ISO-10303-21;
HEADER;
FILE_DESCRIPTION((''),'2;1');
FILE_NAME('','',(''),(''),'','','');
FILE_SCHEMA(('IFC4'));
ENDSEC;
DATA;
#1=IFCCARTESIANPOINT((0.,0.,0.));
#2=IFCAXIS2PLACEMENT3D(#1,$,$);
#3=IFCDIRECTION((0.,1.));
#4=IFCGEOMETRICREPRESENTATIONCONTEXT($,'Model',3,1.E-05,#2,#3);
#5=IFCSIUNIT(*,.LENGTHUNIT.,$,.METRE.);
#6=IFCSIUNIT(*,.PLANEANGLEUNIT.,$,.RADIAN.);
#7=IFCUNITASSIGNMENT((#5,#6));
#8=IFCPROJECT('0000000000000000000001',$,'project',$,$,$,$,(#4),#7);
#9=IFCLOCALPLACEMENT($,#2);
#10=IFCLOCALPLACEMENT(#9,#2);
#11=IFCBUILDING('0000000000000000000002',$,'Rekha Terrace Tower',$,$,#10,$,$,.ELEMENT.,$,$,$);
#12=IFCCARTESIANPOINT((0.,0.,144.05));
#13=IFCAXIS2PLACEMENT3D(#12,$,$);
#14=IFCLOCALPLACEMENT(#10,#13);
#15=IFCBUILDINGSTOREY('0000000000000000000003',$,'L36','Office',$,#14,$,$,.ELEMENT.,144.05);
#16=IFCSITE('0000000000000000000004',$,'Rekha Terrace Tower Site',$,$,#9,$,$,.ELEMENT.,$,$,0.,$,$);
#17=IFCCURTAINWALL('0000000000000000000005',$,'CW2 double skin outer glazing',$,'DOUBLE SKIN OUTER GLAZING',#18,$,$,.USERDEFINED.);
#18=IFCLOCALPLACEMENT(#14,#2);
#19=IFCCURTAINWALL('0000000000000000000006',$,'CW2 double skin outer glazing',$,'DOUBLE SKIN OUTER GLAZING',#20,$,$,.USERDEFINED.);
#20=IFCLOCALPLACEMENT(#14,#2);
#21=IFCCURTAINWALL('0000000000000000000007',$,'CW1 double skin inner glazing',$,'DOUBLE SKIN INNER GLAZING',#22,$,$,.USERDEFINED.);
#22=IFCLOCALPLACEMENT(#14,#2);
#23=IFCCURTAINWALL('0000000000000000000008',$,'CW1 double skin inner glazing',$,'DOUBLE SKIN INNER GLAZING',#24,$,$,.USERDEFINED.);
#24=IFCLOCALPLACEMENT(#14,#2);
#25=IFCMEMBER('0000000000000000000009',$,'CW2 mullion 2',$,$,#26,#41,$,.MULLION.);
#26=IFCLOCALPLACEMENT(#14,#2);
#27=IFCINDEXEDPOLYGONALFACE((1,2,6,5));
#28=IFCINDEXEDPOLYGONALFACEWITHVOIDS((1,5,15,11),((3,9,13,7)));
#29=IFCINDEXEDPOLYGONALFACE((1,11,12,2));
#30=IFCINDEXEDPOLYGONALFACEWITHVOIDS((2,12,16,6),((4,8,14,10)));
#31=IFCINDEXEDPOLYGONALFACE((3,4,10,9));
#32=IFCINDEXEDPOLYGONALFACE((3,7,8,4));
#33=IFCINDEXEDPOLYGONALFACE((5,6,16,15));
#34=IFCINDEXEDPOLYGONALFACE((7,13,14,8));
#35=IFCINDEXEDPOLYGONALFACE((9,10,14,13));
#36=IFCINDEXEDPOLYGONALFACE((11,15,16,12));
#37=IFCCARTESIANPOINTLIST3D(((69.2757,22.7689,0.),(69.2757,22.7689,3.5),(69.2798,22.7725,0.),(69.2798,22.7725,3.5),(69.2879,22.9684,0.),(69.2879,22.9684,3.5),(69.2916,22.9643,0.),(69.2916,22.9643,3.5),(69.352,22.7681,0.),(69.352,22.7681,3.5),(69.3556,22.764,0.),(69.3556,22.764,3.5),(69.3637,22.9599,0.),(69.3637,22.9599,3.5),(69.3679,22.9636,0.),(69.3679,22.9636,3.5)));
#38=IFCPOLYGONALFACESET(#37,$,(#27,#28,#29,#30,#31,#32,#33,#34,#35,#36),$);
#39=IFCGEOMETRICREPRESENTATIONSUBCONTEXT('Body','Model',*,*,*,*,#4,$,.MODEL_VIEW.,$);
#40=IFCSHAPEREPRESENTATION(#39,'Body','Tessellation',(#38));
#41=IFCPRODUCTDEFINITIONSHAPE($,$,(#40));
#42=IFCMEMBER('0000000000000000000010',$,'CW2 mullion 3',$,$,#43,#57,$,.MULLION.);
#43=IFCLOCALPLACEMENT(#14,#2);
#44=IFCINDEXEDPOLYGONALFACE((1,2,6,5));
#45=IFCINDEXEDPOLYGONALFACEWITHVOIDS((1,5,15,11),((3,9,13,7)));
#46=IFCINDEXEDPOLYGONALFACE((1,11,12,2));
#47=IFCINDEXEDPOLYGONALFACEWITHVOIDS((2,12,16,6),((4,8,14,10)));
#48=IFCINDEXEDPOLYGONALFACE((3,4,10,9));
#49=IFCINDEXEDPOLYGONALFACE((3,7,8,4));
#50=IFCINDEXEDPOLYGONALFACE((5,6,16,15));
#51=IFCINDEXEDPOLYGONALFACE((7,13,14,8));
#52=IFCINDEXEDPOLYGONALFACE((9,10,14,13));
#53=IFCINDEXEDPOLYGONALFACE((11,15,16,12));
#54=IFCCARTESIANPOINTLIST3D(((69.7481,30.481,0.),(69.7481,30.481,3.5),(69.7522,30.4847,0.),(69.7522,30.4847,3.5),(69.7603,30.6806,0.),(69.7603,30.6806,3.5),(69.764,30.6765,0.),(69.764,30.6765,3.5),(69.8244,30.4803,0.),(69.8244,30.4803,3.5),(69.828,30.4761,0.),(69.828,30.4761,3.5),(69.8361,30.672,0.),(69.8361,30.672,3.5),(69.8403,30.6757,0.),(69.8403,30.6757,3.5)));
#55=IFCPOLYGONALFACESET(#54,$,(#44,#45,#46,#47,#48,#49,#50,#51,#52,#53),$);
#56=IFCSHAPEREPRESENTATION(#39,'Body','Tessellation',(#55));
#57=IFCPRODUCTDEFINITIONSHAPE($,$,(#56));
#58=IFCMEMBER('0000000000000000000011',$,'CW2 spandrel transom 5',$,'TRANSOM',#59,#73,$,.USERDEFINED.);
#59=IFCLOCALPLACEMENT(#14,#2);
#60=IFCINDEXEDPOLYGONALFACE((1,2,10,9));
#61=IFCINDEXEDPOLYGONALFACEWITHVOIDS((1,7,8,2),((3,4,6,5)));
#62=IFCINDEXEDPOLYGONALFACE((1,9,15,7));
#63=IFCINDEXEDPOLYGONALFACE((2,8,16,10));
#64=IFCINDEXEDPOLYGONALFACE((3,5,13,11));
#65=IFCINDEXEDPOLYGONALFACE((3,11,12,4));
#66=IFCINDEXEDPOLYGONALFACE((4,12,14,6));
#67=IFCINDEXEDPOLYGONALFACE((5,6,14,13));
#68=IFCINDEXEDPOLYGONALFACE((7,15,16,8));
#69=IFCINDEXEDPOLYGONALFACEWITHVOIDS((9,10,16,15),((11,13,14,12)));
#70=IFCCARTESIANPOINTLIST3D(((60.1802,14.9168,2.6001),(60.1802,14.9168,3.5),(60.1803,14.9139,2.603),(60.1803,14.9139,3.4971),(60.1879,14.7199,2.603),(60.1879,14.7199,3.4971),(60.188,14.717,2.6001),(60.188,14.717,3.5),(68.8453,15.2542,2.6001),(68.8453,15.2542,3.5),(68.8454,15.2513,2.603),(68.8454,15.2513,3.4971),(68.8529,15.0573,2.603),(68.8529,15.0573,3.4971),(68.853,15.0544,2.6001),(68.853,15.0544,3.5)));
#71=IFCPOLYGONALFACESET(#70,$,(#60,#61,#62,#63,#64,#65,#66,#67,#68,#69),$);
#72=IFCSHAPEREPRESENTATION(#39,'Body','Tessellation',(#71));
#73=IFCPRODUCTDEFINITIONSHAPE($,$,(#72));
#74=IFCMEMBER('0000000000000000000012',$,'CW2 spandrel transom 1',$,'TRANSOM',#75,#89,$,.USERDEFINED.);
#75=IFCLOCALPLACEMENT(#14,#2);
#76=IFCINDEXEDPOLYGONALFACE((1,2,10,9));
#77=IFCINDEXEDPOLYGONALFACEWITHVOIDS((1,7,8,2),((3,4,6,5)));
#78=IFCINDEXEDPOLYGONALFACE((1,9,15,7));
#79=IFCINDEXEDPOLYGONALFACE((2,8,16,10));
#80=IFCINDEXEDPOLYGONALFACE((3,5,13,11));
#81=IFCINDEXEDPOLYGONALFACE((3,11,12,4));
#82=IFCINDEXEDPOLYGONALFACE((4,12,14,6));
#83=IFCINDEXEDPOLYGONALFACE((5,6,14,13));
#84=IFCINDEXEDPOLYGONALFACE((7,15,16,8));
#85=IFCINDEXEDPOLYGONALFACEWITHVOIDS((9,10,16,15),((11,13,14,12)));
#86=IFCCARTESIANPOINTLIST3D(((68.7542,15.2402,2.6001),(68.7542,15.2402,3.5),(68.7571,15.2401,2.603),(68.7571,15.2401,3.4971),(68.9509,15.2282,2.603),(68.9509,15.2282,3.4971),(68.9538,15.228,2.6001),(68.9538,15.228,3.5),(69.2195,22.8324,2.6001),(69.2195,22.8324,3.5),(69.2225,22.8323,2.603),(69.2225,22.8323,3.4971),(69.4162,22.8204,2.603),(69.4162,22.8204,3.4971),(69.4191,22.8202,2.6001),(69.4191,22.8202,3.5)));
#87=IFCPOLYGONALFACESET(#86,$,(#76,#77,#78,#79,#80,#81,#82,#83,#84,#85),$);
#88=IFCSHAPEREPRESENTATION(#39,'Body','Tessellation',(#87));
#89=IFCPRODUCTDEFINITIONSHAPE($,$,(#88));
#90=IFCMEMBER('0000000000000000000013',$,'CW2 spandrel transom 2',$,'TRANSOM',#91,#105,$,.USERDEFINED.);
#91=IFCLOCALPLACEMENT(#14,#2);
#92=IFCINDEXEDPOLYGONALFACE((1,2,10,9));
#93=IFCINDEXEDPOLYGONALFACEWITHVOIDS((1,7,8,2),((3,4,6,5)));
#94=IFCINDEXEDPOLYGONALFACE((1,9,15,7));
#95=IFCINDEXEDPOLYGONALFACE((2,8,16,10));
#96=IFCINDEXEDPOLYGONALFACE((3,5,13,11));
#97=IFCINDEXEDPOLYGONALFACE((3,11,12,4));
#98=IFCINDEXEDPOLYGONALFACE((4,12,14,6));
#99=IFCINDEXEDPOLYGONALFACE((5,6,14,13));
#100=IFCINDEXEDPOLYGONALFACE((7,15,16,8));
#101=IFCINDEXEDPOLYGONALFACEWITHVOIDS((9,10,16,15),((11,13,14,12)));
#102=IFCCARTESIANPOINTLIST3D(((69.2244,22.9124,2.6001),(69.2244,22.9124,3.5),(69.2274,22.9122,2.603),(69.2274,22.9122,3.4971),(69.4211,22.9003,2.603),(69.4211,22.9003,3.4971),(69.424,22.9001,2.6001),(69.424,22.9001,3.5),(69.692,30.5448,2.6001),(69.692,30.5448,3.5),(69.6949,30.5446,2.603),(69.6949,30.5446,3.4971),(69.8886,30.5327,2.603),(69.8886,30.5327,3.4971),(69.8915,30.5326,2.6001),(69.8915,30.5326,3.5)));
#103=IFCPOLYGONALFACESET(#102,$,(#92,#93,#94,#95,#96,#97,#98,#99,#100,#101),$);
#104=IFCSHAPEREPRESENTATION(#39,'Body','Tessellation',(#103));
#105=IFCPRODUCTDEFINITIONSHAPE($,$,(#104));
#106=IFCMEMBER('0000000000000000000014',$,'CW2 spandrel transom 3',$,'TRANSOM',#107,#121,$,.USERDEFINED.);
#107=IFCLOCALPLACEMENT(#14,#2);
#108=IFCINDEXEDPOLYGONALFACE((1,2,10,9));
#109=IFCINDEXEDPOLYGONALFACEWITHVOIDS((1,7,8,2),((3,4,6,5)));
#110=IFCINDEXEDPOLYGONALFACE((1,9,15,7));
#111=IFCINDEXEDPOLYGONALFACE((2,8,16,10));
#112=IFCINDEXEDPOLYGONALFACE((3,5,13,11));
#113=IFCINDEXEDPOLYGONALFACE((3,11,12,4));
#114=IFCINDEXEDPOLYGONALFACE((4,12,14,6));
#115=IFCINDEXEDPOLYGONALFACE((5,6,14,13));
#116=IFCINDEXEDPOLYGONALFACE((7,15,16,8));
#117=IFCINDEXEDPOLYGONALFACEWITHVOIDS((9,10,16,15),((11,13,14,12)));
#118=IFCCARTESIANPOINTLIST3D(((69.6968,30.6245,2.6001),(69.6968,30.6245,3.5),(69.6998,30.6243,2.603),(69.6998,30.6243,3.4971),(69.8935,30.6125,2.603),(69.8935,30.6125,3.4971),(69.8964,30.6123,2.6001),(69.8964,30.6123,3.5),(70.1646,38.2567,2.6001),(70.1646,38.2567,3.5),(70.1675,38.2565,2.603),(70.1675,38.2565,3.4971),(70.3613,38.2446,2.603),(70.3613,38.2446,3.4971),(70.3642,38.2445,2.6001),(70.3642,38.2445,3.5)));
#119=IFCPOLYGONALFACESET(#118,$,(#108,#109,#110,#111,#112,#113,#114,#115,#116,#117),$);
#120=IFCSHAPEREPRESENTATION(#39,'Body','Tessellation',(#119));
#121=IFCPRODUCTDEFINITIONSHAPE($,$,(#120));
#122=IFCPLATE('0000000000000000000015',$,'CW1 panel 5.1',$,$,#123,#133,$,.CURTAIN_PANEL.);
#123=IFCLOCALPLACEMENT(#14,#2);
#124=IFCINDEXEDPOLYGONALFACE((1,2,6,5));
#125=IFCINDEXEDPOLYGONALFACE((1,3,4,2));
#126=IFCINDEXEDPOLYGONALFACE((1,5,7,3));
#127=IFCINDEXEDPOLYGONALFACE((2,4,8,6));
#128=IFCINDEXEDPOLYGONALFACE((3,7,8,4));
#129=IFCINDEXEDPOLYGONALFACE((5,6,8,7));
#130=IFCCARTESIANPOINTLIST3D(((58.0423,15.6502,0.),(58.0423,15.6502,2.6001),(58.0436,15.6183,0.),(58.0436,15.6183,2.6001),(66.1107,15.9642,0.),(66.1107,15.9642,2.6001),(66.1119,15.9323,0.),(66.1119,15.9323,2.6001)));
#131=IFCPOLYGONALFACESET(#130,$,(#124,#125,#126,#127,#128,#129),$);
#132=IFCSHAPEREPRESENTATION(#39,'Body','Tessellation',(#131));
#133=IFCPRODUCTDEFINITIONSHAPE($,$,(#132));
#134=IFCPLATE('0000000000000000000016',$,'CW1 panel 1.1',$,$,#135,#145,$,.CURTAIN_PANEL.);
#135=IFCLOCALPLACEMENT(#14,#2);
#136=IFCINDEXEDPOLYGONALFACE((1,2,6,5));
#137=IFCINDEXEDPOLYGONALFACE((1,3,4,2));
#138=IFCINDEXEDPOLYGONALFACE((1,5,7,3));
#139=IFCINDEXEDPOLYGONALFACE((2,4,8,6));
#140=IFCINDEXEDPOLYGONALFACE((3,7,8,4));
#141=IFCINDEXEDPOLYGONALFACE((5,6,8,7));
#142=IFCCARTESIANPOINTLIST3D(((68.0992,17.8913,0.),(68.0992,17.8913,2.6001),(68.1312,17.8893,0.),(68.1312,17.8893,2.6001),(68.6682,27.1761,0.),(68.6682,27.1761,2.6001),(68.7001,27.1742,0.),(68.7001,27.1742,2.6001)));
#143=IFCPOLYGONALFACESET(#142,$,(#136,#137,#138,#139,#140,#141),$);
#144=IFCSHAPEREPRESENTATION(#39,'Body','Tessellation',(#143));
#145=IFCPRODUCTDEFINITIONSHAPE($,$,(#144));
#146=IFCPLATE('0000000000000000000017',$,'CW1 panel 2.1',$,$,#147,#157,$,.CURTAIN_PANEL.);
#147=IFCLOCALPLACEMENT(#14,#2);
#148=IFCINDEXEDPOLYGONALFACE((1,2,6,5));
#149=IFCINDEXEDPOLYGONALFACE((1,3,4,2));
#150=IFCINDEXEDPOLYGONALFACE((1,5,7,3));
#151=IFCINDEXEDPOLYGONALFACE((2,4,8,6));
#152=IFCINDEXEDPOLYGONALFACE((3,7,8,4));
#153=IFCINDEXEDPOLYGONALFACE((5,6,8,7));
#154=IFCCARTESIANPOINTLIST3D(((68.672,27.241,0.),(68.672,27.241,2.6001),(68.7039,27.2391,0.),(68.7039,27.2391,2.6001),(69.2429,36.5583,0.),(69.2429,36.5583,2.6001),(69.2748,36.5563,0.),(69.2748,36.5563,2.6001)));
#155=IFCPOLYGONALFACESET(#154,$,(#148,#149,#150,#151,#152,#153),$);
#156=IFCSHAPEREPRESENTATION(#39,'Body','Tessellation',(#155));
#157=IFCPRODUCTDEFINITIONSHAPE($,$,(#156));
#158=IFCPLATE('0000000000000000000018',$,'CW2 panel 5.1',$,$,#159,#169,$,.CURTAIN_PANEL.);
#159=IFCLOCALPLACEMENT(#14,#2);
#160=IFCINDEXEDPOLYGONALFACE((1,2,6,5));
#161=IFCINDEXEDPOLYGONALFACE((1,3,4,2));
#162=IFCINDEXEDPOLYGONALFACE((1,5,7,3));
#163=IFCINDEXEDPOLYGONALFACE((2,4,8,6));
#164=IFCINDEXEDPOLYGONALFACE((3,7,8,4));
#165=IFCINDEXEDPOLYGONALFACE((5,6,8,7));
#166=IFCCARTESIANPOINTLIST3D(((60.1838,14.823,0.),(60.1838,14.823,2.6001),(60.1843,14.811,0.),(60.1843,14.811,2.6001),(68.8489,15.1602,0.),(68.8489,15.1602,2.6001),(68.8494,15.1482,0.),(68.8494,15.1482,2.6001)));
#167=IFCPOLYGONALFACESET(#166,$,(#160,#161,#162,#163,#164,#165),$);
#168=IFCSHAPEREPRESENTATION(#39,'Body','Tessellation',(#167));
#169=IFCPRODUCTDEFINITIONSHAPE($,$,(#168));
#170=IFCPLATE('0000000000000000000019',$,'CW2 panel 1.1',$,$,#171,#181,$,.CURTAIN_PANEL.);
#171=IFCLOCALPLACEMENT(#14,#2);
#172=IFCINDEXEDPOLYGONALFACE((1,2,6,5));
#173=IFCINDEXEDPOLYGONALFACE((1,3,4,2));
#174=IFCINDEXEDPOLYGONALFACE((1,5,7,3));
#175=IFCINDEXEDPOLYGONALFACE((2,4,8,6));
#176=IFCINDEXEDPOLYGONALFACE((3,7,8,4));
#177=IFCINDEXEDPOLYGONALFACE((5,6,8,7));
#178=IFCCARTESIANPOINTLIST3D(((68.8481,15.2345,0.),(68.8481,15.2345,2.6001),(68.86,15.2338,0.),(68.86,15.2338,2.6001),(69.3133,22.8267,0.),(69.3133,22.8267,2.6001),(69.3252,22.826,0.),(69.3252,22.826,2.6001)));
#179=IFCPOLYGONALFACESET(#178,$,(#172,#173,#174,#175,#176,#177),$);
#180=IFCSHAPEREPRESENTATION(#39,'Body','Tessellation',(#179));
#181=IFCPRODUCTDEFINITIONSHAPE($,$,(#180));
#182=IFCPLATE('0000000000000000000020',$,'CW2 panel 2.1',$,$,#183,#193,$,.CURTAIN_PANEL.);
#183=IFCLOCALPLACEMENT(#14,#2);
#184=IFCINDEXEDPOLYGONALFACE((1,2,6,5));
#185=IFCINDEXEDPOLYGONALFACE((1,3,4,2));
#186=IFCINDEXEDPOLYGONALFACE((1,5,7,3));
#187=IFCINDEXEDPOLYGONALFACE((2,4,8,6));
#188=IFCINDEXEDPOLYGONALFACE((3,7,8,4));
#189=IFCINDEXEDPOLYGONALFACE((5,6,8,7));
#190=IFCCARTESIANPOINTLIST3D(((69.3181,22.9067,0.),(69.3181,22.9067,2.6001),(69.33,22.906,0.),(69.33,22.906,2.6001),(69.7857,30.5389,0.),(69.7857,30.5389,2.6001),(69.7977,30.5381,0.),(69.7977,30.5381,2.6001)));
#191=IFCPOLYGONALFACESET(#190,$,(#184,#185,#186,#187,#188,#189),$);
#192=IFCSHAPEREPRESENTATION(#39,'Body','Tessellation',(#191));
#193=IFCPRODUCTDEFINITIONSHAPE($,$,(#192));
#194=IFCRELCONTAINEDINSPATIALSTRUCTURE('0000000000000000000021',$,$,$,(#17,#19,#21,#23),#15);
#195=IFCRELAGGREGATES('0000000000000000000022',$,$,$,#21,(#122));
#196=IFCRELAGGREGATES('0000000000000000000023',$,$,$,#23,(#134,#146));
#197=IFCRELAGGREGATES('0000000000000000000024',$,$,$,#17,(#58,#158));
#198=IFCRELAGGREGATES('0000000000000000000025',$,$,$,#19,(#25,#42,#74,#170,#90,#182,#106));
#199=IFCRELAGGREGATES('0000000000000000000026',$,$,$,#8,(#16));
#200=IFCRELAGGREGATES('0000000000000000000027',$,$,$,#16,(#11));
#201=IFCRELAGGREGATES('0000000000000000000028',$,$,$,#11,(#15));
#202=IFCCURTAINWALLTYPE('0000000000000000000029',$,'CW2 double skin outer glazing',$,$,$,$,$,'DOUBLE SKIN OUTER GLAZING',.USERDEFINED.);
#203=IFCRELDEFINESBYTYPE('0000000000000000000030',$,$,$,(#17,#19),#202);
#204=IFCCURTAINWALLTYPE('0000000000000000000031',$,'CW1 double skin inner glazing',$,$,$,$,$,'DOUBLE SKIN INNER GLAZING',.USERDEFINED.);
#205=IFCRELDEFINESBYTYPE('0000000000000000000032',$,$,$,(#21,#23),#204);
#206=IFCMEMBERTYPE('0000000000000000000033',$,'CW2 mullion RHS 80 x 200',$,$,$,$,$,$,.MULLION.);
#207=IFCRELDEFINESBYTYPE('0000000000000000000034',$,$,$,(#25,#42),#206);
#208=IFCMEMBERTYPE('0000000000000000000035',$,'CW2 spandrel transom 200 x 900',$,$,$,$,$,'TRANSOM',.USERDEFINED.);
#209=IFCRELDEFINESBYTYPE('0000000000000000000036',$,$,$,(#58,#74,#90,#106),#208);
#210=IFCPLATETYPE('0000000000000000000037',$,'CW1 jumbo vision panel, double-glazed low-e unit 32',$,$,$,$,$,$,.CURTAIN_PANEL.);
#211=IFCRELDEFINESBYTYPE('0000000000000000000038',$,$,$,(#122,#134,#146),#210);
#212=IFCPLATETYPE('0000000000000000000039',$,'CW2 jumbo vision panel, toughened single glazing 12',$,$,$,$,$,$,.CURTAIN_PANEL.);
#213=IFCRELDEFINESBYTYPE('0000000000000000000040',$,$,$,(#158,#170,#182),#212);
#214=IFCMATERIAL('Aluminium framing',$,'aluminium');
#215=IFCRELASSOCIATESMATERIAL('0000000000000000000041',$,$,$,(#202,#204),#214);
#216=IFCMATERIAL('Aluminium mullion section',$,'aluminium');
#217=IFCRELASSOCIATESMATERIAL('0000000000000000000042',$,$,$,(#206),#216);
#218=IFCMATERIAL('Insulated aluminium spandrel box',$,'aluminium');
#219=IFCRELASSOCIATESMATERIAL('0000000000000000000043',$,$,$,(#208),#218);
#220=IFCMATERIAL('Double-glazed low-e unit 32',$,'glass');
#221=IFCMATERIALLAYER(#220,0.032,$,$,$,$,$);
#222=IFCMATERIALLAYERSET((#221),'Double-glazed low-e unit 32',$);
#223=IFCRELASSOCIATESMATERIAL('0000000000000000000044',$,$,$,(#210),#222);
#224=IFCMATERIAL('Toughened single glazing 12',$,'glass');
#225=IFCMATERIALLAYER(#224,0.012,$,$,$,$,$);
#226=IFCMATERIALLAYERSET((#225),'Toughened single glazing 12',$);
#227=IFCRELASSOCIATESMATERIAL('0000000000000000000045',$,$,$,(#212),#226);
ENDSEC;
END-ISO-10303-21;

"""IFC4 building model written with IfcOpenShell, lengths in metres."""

from ifc_helpers import new_model, si_unit, direction, frame, origin, origin_2d, place, context, subcontext, project, spatial, rectangle, hollow_rectangle, extrude, material, layer, layer_set, material_profile, profile_set, type_object, element, aggregate, save


model = new_model("IFC4")

# Units and contexts
model_context = context("Model", 3, precision=1e-05, world=origin(), true_north=direction((0.0, 1.0)))
body_context = subcontext(model_context, "Body", "Model", "MODEL_VIEW")
ifc_project = project(units=[si_unit("LENGTHUNIT", "METRE"), si_unit("PLANEANGLEUNIT", "RADIAN")], contexts=[model_context])

# Site, building, storey
site_placement = place(None, origin())
site = spatial("IfcSite", under=ifc_project, at=site_placement, Name="Rekha Terrace Tower Site", CompositionType="ELEMENT", RefElevation=0.0)
building_placement = place(site_placement, origin())
building = spatial("IfcBuilding", under=site, at=building_placement, Name="Rekha Terrace Tower", CompositionType="ELEMENT")
storey_placement = place(building_placement, frame((0.0, 0.0, 144.05)))
storey = spatial("IfcBuildingStorey", under=building, at=storey_placement, Name="L36", Description="Office", CompositionType="ELEMENT", Elevation=144.05)

# Curtain wall
ifc_material_1 = material(Name="Aluminium framing", Category="aluminium")
curtain_wall_type_1 = type_object("IfcCurtainWallType", Name="CW2 double skin outer glazing", ElementType="DOUBLE SKIN OUTER GLAZING", PredefinedType="USERDEFINED", material=ifc_material_1)
curtain_wall_1_placement = place(storey_placement, origin())
curtain_wall_1 = element("IfcCurtainWall", 1, at=curtain_wall_1_placement, inside=storey, type_object=curtain_wall_type_1, Name="CW2 double skin outer glazing", ObjectType="DOUBLE SKIN OUTER GLAZING", PredefinedType="USERDEFINED")

# Curtain wall
curtain_wall_2_placement = place(storey_placement, origin())
curtain_wall_2 = element("IfcCurtainWall", 2, at=curtain_wall_2_placement, inside=storey, type_object=curtain_wall_type_1, Name="CW2 double skin outer glazing", ObjectType="DOUBLE SKIN OUTER GLAZING", PredefinedType="USERDEFINED")

# Curtain wall
curtain_wall_type_2 = type_object("IfcCurtainWallType", Name="CW1 double skin inner glazing", ElementType="DOUBLE SKIN INNER GLAZING", PredefinedType="USERDEFINED", material=ifc_material_1)
curtain_wall_3_placement = place(storey_placement, origin())
curtain_wall_3 = element("IfcCurtainWall", 3, at=curtain_wall_3_placement, inside=storey, type_object=curtain_wall_type_2, Name="CW1 double skin inner glazing", ObjectType="DOUBLE SKIN INNER GLAZING", PredefinedType="USERDEFINED")
ifc_material_2 = material(Name="Aluminium mullion section", Category="aluminium")

# Curtain wall
curtain_wall_4_placement = place(storey_placement, origin())
curtain_wall_4 = element("IfcCurtainWall", 4, at=curtain_wall_4_placement, inside=storey, type_object=curtain_wall_type_2, Name="CW1 double skin inner glazing", ObjectType="DOUBLE SKIN INNER GLAZING", PredefinedType="USERDEFINED")
ifc_material_3 = material(Name="Insulated aluminium spandrel box", Category="aluminium")

# Members
ifc_material_profile_1 = material_profile(ifc_material_2, hollow_rectangle(XDim=0.0801, YDim=0.2, WallThickness=0.0039, at=origin_2d()), Name="AL RHS 80x200")
ifc_profile_set_1 = profile_set([ifc_material_profile_1], Name="Aluminium mullion section")
member_type_1 = type_object("IfcMemberType", Name="CW2 mullion RHS 80 x 200", PredefinedType="MULLION", material=ifc_profile_set_1)
member_1_placement = place(storey_placement, frame((69.3218, 22.8662, 0.0), z_axis=(0.0, 0.0, 1.0), x_axis=(-0.998128, 0.06116, 0.0)))
member_1 = element("IfcMember", 5, at=member_1_placement, type_object=member_type_1, Name="CW2 mullion 2", PredefinedType="MULLION", context=body_context, shape_type="SweptSolid", body=[
    extrude(hollow_rectangle(XDim=0.0801, YDim=0.2, WallThickness=0.0039, at=origin_2d()), origin(), (0.0, 0.0, 1.0), 3.5),
])
member_2_placement = place(storey_placement, frame((69.7942, 30.5784, 0.0), z_axis=(0.0, 0.0, 1.0), x_axis=(-0.998128, 0.06116, 0.0)))
member_2 = element("IfcMember", 6, at=member_2_placement, type_object=member_type_1, Name="CW2 mullion 3", PredefinedType="MULLION", context=body_context, shape_type="SweptSolid", body=[
    extrude(hollow_rectangle(XDim=0.0801, YDim=0.2, WallThickness=0.0039, at=origin_2d()), origin(), (0.0, 0.0, 1.0), 3.5),
])
ifc_material_profile_2 = material_profile(ifc_material_3, hollow_rectangle(XDim=0.2, YDim=0.8999, WallThickness=0.0029, at=origin_2d()), Name="AL SPANDREL BOX 200x900")
ifc_profile_set_2 = profile_set([ifc_material_profile_2], Name="Insulated aluminium spandrel box")
member_type_2 = type_object("IfcMemberType", Name="CW2 spandrel transom 200 x 900", ElementType="TRANSOM", PredefinedType="USERDEFINED", material=ifc_profile_set_2)
member_3_placement = place(storey_placement, frame((60.1841, 14.8169, 3.05), z_axis=(0.999243, 0.038909, 0.0), x_axis=(-0.038909, 0.999243, 0.0)))
member_3 = element("IfcMember", 7, at=member_3_placement, type_object=member_type_2, Name="CW2 spandrel transom 5", ObjectType="TRANSOM", PredefinedType="USERDEFINED", context=body_context, shape_type="SweptSolid", body=[
    extrude(hollow_rectangle(XDim=0.2, YDim=0.8999, WallThickness=0.0029, at=origin_2d()), origin(), (0.0, 0.0, 1.0), 8.6716),
])
member_4_placement = place(storey_placement, frame((68.854, 15.2341, 3.05), z_axis=(0.061175, 0.998127, 0.0), x_axis=(-0.998127, 0.061175, 0.0)))
member_4 = element("IfcMember", 8, at=member_4_placement, type_object=member_type_2, Name="CW2 spandrel transom 1", ObjectType="TRANSOM", PredefinedType="USERDEFINED", context=body_context, shape_type="SweptSolid", body=[
    extrude(hollow_rectangle(XDim=0.2, YDim=0.8999, WallThickness=0.0029, at=origin_2d()), origin(), (0.0, 0.0, 1.0), 7.6064),
])
member_5_placement = place(storey_placement, frame((69.3242, 22.9062, 3.05), z_axis=(0.061142, 0.998129, 0.0), x_axis=(-0.998129, 0.061142, 0.0)))
member_5 = element("IfcMember", 9, at=member_5_placement, type_object=member_type_2, Name="CW2 spandrel transom 2", ObjectType="TRANSOM", PredefinedType="USERDEFINED", context=body_context, shape_type="SweptSolid", body=[
    extrude(hollow_rectangle(XDim=0.2, YDim=0.8999, WallThickness=0.0029, at=origin_2d()), origin(), (0.0, 0.0, 1.0), 7.6467),
])
member_6_placement = place(storey_placement, frame((69.7966, 30.6184, 3.05), z_axis=(0.061176, 0.998127, 0.0), x_axis=(-0.998127, 0.061176, 0.0)))
member_6 = element("IfcMember", 10, at=member_6_placement, type_object=member_type_2, Name="CW2 spandrel transom 3", ObjectType="TRANSOM", PredefinedType="USERDEFINED", context=body_context, shape_type="SweptSolid", body=[
    extrude(hollow_rectangle(XDim=0.2, YDim=0.8999, WallThickness=0.0029, at=origin_2d()), origin(), (0.0, 0.0, 1.0), 7.6465),
])

# Plates
ifc_material_4 = material(Name="Double-glazed low-e unit 32", Category="glass")
ifc_layer_1 = layer(ifc_material_4, 0.032)
ifc_layer_set_1 = layer_set([ifc_layer_1], Name="Double-glazed low-e unit 32")
plate_type_1 = type_object("IfcPlateType", Name="CW1 jumbo vision panel, double-glazed low-e unit 32", PredefinedType="CURTAIN_PANEL", material=ifc_layer_set_1)
plate_1_placement = place(storey_placement, frame((62.0771, 15.7913, 0.0), z_axis=(0.0, 0.0, 1.0), x_axis=(0.999243, 0.03889, 0.0)))
plate_1 = element("IfcPlate", 11, at=plate_1_placement, type_object=plate_type_1, Name="CW1 panel 5.1", PredefinedType="CURTAIN_PANEL", context=body_context, shape_type="SweptSolid", body=[
    extrude(rectangle(XDim=8.0745, YDim=0.032, at=origin_2d()), origin(), (0.0, 0.0, 1.0), 2.6001),
])
aggregate(curtain_wall_3, [plate_1])
plate_2_placement = place(storey_placement, frame((68.3997, 22.5327, 0.0), z_axis=(0.0, 0.0, 1.0), x_axis=(0.06116, 0.998128, 0.0)))
plate_2 = element("IfcPlate", 12, at=plate_2_placement, type_object=plate_type_1, Name="CW1 panel 1.1", PredefinedType="CURTAIN_PANEL", context=body_context, shape_type="SweptSolid", body=[
    extrude(rectangle(XDim=9.3022, YDim=0.032, at=origin_2d()), origin(), (0.0, 0.0, 1.0), 2.6001),
])
plate_3_placement = place(storey_placement, frame((68.9734, 31.8987, 0.0), z_axis=(0.0, 0.0, 1.0), x_axis=(0.06116, 0.998128, 0.0)))
plate_3 = element("IfcPlate", 13, at=plate_3_placement, type_object=plate_type_1, Name="CW1 panel 2.1", PredefinedType="CURTAIN_PANEL", context=body_context, shape_type="SweptSolid", body=[
    extrude(rectangle(XDim=9.3347, YDim=0.032, at=origin_2d()), origin(), (0.0, 0.0, 1.0), 2.6001),
])
aggregate(curtain_wall_4, [plate_2, plate_3])
ifc_material_5 = material(Name="Toughened single glazing 12", Category="glass")
ifc_layer_2 = layer(ifc_material_5, 0.012)
ifc_layer_set_2 = layer_set([ifc_layer_2], Name="Toughened single glazing 12")
plate_type_2 = type_object("IfcPlateType", Name="CW2 jumbo vision panel, toughened single glazing 12", PredefinedType="CURTAIN_PANEL", material=ifc_layer_set_2)
plate_4_placement = place(storey_placement, frame((64.5166, 14.9856, 0.0), z_axis=(0.0, 0.0, 1.0), x_axis=(0.999243, 0.03889, 0.0)))
plate_4 = element("IfcPlate", 14, at=plate_4_placement, type_object=plate_type_2, Name="CW2 panel 5.1", PredefinedType="CURTAIN_PANEL", context=body_context, shape_type="SweptSolid", body=[
    extrude(rectangle(XDim=8.6716, YDim=0.012, at=origin_2d()), origin(), (0.0, 0.0, 1.0), 2.6001),
])
aggregate(curtain_wall_1, [member_3, plate_4])
plate_5_placement = place(storey_placement, frame((69.0867, 19.0303, 0.0), z_axis=(0.0, 0.0, 1.0), x_axis=(0.06116, 0.998128, 0.0)))
plate_5 = element("IfcPlate", 15, at=plate_5_placement, type_object=plate_type_2, Name="CW2 panel 1.1", PredefinedType="CURTAIN_PANEL", context=body_context, shape_type="SweptSolid", body=[
    extrude(rectangle(XDim=7.6064, YDim=0.012, at=origin_2d()), origin(), (0.0, 0.0, 1.0), 2.6001),
])
plate_6_placement = place(storey_placement, frame((69.5579, 26.7224, 0.0), z_axis=(0.0, 0.0, 1.0), x_axis=(0.06116, 0.998128, 0.0)))
plate_6 = element("IfcPlate", 16, at=plate_6_placement, type_object=plate_type_2, Name="CW2 panel 2.1", PredefinedType="CURTAIN_PANEL", context=body_context, shape_type="SweptSolid", body=[
    extrude(rectangle(XDim=7.6465, YDim=0.012, at=origin_2d()), origin(), (0.0, 0.0, 1.0), 2.6001),
])
aggregate(curtain_wall_2, [member_1, member_2, member_4, plate_5, member_5, plate_6, member_6])

save(model, "model.ifc")
